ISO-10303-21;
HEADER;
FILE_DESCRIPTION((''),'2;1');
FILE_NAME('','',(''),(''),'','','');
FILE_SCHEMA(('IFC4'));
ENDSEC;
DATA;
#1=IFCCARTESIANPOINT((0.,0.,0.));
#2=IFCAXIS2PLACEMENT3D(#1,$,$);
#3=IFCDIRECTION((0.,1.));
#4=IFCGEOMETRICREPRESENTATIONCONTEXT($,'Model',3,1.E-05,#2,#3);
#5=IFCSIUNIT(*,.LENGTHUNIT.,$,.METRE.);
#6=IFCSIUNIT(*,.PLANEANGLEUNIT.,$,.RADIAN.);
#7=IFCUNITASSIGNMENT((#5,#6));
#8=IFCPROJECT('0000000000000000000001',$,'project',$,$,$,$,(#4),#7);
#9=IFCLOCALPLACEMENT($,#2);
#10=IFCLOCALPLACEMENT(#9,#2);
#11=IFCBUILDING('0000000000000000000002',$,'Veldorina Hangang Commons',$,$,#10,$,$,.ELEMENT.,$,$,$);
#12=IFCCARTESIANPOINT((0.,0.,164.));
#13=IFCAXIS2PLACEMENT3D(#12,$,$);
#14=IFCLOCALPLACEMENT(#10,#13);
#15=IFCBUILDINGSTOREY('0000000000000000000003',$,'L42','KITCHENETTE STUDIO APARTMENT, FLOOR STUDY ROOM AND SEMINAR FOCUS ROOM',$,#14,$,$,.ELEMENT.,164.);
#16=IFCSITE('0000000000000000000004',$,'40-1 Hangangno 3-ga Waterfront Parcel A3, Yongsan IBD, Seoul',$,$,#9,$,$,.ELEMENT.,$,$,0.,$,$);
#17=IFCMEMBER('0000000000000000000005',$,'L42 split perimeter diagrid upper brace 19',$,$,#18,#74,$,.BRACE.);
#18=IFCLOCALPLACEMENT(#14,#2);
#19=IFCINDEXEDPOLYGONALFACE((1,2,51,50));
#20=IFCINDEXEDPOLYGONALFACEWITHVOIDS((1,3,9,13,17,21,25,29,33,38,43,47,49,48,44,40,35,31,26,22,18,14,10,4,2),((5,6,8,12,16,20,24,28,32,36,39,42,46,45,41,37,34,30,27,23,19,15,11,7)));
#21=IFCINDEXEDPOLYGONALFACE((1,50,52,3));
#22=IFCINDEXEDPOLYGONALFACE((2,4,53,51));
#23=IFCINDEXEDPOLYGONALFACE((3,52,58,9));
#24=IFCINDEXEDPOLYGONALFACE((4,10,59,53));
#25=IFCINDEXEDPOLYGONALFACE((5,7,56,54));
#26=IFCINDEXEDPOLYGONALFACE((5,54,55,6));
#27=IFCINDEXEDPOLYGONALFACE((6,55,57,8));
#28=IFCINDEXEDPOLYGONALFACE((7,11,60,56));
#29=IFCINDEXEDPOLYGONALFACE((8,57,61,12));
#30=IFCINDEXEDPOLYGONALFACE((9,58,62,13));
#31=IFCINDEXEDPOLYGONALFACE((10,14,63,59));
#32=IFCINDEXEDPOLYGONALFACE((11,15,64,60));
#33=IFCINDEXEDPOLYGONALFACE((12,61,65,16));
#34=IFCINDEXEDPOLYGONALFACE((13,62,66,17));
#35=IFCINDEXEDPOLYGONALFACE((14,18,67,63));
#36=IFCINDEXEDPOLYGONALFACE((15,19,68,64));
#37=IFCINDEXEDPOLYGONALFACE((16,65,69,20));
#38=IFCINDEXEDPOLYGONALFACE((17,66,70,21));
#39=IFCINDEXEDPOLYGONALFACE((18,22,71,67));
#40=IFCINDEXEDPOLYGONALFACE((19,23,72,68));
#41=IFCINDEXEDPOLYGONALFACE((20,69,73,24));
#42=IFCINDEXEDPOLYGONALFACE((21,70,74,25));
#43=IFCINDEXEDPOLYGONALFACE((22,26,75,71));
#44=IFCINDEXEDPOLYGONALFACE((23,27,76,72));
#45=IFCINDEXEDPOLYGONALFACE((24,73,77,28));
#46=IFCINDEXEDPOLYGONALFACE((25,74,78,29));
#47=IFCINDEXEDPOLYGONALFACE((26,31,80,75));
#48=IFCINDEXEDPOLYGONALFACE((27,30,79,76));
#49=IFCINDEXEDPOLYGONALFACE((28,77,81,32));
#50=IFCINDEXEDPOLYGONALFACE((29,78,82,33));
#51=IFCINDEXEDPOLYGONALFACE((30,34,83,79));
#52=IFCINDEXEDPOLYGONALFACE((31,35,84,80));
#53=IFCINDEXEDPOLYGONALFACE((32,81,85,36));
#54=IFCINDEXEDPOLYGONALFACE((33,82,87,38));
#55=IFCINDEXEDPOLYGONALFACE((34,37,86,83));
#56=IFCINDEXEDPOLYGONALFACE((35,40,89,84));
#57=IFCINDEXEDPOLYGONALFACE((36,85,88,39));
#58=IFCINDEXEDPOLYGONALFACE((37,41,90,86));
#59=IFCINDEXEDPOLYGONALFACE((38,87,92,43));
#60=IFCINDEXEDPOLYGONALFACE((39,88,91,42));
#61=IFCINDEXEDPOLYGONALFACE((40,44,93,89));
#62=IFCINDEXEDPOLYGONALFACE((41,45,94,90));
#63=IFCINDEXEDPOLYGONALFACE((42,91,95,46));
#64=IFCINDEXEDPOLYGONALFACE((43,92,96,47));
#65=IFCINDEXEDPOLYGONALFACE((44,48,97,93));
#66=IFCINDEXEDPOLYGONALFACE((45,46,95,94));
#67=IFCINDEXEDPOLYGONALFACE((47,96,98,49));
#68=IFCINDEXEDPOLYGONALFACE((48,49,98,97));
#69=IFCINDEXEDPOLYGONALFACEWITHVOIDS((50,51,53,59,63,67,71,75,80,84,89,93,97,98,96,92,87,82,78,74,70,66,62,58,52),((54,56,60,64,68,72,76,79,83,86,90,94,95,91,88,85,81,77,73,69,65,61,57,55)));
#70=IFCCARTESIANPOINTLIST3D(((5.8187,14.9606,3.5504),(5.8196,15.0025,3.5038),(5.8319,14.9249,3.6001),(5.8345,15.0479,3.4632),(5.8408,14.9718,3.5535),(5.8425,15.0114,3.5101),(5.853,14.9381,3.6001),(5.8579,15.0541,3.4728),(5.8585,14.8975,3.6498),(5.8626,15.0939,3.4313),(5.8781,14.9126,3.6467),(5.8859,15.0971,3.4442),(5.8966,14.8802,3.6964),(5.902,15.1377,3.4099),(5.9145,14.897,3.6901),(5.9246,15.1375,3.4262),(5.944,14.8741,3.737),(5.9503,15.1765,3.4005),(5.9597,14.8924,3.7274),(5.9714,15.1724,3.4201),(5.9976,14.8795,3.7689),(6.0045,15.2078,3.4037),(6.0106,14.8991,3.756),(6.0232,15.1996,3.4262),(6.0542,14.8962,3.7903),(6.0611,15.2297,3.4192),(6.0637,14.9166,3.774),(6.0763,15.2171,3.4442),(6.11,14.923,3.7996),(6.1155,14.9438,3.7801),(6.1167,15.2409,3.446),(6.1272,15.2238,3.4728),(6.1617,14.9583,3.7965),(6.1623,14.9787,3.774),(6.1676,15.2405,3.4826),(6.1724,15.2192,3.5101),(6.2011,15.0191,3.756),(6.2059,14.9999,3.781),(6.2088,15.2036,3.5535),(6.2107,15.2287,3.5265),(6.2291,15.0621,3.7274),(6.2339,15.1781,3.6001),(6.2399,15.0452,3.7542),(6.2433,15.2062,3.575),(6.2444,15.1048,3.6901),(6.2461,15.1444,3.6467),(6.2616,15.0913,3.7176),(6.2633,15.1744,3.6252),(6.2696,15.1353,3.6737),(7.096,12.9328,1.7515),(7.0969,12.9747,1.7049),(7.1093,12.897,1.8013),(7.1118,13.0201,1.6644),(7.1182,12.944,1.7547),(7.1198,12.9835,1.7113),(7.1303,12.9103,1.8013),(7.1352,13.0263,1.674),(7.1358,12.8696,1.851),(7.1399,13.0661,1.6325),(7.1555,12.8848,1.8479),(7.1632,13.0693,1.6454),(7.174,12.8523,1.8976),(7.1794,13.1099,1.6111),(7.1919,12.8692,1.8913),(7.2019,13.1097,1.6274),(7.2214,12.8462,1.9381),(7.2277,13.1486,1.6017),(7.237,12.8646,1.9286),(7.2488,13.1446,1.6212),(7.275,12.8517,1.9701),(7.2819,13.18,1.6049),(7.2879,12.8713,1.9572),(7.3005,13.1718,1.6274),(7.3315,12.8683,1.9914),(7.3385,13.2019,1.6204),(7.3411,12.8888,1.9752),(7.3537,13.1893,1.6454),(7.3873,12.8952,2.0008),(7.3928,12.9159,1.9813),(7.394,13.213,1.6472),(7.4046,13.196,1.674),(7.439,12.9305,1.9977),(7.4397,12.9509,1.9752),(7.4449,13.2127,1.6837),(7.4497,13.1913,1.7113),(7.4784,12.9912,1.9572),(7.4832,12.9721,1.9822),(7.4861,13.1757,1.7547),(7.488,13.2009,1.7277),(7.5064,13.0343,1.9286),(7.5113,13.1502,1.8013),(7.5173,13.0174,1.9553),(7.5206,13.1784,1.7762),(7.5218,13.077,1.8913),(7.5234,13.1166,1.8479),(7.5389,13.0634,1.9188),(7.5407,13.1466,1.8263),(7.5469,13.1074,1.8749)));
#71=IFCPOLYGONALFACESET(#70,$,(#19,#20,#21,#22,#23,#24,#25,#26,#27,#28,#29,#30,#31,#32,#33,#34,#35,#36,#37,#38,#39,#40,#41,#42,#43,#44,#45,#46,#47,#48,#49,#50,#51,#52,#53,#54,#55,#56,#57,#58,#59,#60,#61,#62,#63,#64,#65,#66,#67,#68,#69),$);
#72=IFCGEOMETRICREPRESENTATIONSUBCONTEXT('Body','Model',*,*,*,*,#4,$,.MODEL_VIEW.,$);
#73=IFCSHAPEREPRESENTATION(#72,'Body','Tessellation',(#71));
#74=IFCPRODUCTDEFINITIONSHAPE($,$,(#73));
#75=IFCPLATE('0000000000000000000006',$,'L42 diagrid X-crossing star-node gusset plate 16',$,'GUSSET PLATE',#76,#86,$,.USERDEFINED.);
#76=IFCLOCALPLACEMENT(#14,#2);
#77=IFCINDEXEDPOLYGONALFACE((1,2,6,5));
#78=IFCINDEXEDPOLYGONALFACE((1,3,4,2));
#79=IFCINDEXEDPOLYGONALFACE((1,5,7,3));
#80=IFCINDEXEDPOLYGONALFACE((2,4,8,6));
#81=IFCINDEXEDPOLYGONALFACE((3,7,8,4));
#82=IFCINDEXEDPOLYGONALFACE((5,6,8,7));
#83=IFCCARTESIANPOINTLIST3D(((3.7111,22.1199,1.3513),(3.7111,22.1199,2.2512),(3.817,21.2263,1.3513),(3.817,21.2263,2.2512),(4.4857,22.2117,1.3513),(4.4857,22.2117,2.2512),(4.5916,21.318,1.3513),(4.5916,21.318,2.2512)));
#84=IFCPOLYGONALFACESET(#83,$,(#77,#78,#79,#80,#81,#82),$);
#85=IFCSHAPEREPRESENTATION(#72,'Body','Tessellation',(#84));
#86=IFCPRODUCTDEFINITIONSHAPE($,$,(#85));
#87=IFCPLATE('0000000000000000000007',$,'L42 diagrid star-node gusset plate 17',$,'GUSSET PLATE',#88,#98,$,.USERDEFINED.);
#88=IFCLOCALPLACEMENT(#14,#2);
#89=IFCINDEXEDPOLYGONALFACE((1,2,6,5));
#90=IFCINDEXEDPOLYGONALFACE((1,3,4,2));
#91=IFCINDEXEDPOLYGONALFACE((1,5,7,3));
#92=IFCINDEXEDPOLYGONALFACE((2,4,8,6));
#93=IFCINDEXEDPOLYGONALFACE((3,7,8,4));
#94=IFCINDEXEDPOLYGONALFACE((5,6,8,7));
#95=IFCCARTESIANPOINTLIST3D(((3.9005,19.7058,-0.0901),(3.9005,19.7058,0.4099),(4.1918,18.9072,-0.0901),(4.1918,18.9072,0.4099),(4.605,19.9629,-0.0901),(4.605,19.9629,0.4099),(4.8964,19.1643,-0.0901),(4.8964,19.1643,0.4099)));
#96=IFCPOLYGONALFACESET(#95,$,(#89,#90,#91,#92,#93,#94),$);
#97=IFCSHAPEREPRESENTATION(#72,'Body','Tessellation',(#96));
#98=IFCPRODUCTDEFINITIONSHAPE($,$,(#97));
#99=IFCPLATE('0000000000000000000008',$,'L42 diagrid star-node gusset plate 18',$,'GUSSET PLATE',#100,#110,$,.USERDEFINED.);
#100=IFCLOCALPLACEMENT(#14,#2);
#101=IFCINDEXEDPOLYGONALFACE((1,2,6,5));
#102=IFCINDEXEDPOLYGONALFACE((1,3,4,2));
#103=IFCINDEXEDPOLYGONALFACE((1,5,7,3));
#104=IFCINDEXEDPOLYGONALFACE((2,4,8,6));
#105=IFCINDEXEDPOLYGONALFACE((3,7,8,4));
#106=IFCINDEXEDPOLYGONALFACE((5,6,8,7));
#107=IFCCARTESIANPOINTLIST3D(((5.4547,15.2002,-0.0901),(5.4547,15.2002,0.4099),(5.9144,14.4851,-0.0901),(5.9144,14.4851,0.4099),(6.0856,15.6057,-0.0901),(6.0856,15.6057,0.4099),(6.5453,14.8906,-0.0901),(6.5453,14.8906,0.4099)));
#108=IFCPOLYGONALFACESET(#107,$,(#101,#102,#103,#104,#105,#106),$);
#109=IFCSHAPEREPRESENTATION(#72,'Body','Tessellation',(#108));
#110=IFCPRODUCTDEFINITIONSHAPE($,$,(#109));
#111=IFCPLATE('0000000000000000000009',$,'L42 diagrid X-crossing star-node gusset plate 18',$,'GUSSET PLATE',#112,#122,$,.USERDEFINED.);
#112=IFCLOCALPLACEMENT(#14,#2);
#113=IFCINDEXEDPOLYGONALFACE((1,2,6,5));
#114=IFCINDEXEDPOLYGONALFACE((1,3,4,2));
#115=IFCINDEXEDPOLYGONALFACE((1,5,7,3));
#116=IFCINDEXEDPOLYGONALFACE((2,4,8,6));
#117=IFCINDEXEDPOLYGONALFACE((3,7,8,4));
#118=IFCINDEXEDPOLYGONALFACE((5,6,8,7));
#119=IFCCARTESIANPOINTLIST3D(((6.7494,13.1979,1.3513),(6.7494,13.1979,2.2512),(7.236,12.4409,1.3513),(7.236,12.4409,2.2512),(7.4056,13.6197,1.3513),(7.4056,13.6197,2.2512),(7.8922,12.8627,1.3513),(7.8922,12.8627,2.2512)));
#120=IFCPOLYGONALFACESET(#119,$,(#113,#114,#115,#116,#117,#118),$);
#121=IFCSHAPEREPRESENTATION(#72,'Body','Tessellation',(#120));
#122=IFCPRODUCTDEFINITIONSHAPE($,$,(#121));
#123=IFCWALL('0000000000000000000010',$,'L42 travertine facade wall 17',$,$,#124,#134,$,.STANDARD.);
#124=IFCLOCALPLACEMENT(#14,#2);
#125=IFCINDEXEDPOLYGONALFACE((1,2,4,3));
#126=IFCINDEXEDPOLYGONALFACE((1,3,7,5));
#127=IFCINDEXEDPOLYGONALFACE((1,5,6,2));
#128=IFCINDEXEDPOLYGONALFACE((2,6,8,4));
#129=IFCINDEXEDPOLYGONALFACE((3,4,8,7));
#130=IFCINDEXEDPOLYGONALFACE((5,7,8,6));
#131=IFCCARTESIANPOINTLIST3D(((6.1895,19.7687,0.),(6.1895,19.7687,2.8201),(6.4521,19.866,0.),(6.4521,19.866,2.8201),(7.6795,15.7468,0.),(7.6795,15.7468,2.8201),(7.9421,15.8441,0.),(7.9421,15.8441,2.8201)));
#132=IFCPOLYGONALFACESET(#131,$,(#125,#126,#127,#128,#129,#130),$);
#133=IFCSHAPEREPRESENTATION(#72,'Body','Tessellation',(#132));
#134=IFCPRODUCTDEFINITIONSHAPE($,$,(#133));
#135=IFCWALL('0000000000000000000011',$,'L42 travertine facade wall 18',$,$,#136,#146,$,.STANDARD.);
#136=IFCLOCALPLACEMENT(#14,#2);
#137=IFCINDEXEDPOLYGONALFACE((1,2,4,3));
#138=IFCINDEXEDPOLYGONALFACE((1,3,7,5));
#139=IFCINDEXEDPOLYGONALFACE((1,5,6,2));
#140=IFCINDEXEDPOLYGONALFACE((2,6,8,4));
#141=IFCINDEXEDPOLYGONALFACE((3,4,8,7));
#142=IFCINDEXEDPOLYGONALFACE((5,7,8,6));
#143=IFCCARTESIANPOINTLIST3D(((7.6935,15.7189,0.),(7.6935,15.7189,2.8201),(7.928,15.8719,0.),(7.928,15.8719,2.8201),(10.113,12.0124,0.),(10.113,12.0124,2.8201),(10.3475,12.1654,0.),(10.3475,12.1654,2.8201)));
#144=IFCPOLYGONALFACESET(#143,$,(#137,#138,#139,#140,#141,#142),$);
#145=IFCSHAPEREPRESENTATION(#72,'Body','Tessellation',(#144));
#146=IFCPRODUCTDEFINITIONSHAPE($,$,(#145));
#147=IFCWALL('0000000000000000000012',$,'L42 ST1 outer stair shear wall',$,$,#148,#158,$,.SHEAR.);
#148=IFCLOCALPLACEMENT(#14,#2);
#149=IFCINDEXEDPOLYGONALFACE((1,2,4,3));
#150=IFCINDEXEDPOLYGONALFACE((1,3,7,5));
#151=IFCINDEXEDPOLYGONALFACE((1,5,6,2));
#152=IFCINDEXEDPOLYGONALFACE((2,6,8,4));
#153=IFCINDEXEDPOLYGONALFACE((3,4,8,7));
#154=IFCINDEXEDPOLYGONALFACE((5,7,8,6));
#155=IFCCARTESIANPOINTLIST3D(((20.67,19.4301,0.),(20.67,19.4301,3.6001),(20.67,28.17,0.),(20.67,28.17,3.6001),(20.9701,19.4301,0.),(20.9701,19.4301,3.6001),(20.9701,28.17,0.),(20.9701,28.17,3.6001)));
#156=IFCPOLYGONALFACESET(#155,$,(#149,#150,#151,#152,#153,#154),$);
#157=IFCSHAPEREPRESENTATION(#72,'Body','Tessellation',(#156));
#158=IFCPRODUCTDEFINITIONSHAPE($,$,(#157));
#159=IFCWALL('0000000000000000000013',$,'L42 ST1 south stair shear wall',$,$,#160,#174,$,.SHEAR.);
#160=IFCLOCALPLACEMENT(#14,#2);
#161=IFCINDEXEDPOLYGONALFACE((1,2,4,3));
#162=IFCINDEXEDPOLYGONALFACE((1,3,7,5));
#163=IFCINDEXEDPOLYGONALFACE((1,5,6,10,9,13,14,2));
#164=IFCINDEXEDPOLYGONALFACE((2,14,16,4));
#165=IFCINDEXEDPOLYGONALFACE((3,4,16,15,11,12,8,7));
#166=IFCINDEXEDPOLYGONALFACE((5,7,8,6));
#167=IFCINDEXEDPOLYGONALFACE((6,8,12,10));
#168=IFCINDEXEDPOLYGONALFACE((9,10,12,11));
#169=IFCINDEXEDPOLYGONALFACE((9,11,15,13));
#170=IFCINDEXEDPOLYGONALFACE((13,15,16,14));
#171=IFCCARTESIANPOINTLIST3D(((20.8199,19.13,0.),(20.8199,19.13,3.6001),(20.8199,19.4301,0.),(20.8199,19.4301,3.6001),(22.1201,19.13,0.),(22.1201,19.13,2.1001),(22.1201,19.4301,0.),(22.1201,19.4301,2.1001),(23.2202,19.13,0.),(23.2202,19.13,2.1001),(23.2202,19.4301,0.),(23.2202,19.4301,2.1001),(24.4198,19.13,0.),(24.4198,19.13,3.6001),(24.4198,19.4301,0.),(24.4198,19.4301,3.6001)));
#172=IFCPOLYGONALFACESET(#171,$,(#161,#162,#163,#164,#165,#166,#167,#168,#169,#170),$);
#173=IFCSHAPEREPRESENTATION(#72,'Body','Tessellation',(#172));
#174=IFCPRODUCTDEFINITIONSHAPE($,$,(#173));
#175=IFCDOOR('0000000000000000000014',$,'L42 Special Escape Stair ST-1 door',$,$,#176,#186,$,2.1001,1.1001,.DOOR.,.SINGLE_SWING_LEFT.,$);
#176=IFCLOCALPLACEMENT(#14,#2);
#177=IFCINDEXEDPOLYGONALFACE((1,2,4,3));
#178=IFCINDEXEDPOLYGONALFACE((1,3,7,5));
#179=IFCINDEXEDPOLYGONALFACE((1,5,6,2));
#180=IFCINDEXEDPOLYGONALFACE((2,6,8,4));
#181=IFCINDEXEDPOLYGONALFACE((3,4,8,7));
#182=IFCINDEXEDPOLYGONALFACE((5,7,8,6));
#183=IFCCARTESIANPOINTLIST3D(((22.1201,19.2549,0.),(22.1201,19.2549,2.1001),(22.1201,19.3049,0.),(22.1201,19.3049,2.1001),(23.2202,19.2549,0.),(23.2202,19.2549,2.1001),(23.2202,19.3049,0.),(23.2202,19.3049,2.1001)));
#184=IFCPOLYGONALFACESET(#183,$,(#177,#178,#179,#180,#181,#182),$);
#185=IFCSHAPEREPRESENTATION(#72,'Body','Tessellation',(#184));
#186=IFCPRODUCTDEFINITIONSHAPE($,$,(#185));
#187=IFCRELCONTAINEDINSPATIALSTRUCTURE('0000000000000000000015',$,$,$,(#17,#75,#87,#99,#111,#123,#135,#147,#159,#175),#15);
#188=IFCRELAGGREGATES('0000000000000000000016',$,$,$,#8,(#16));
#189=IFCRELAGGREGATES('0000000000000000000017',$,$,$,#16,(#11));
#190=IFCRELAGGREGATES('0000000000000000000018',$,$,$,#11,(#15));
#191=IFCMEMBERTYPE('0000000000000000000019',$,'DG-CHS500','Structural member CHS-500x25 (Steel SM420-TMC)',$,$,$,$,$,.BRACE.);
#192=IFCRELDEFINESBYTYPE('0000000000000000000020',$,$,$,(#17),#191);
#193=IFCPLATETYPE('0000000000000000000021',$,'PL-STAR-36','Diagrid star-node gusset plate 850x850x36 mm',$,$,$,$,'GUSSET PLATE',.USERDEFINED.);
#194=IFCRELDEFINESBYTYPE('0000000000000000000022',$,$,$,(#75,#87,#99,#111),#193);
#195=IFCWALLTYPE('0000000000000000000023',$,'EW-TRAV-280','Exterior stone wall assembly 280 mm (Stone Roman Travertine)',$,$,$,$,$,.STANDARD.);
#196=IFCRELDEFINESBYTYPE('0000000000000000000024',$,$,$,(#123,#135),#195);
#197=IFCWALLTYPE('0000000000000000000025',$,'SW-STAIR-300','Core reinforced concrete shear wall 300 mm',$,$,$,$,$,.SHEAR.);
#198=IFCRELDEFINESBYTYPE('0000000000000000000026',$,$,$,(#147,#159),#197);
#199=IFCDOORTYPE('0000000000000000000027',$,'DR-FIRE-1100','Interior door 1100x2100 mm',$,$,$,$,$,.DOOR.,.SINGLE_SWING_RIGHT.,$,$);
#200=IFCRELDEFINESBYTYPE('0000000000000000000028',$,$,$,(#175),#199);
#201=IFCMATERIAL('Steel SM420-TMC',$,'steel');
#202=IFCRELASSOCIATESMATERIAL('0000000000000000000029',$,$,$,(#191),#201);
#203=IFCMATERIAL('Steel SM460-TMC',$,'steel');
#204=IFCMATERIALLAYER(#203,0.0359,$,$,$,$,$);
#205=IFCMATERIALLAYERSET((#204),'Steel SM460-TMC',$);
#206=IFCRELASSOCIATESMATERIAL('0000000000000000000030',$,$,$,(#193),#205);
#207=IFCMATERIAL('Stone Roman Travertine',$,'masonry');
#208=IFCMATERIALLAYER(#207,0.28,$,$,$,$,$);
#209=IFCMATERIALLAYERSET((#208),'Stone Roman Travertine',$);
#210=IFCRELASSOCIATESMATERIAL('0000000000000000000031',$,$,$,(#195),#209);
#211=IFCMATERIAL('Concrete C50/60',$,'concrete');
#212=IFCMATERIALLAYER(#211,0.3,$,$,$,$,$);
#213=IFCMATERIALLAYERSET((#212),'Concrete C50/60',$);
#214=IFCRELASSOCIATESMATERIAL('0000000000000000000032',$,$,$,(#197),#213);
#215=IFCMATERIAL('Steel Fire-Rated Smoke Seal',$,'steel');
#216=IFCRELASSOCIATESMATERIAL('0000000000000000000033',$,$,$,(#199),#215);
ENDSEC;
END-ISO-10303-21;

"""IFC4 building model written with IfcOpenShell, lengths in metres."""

from ifc_helpers import new_model, si_unit, direction, frame, frame_2d, origin, origin_2d, place, context, subcontext, project, spatial, rectangle, hollow_circle, extrude, material, layer, layer_set, material_profile, profile_set, type_object, element, fill, save


model = new_model("IFC4")

# Units and contexts
model_context = context("Model", 3, precision=1e-05, world=origin(), true_north=direction((0.0, 1.0)))
body_context = subcontext(model_context, "Body", "Model", "MODEL_VIEW")
ifc_project = project(units=[si_unit("LENGTHUNIT", "METRE"), si_unit("PLANEANGLEUNIT", "RADIAN")], contexts=[model_context])

# Site, building, storey
site_placement = place(None, origin())
site = spatial("IfcSite", under=ifc_project, at=site_placement, Name="40-1 Hangangno 3-ga Waterfront Parcel A3, Yongsan IBD, Seoul", CompositionType="ELEMENT", RefElevation=0.0)
building_placement = place(site_placement, origin())
building = spatial("IfcBuilding", under=site, at=building_placement, Name="Veldorina Hangang Commons", CompositionType="ELEMENT")
storey_placement = place(building_placement, frame((0.0, 0.0, 164.0)))
storey = spatial("IfcBuildingStorey", under=building, at=storey_placement, Name="L42", Description="KITCHENETTE STUDIO APARTMENT, FLOOR STUDY ROOM AND SEMINAR FOCUS ROOM", CompositionType="ELEMENT", Elevation=164.0)

# Shared definitions
ifc_material_1 = material(Name="Steel SM420-TMC", Category="steel")

# Member
ifc_material_profile_1 = material_profile(ifc_material_1, hollow_circle(Radius=0.25, WallThickness=0.0249, at=origin_2d()), Name="CHS-500x25")
ifc_profile_set_1 = profile_set([ifc_material_profile_1], Name="Steel SM420-TMC")
member_type = type_object("IfcMemberType", Name="DG-CHS500", Description="Structural member CHS-500x25 (Steel SM420-TMC)", PredefinedType="BRACE", material=ifc_profile_set_1)
member_1_placement = place(storey_placement, frame((7.3208, 13.0303, 1.8013), z_axis=(-0.426267, 0.676715, 0.600294), x_axis=(-0.846127, -0.532981, 0.0)))
element("IfcMember", 1, at=member_1_placement, inside=storey, type_object=member_type, Name="L42 split perimeter diagrid upper brace 19", PredefinedType="BRACE", context=body_context, shape_type="SweptSolid", body=[
    extrude(hollow_circle(Radius=0.25, WallThickness=0.0249, at=origin_2d()), origin(), (0.0, 0.0, 1.0), 2.9966),
])

# Plates
ifc_material_2 = material(Name="Steel SM460-TMC", Category="steel")
ifc_layer_1 = layer(ifc_material_2, 0.0359)
ifc_layer_set_1 = layer_set([ifc_layer_1], Name="Steel SM460-TMC")
plate_type = type_object("IfcPlateType", Name="PL-STAR-36", Description="Diagrid star-node gusset plate 850x850x36 mm", ElementType="GUSSET PLATE", PredefinedType="USERDEFINED", material=ifc_layer_set_1)
plate_1_placement = place(storey_placement, frame((4.1514, 21.719, 1.3513), z_axis=(0.0, 0.0, 1.0), x_axis=(0.117624, -0.993058, 0.0)))
element("IfcPlate", 2, at=plate_1_placement, inside=storey, type_object=plate_type, Name="L42 diagrid X-crossing star-node gusset plate 16", ObjectType="GUSSET PLATE", PredefinedType="USERDEFINED", context=body_context, shape_type="SweptSolid", body=[
    extrude(rectangle(XDim=0.8999, YDim=0.78, at=origin_2d()), origin(), (0.0, 0.0, 1.0), 0.8999),
])
for number, where, z_axis, x_axis, name in (
    (3, (4.3984, 19.4351, -0.0901), (0.0, 0.0, 1.0), (0.342742, -0.93943, 0.0), "L42 diagrid star-node gusset plate 17"),
    (4, (6.0, 15.0454, -0.0901), (0.0, 0.0, 1.0), (0.54074, -0.84119, 0.0), "L42 diagrid star-node gusset plate 18"),
):
    element("IfcPlate", number, at=place(storey_placement, frame(where, z_axis=z_axis, x_axis=x_axis)), inside=storey, type_object=plate_type, Name=name, ObjectType="GUSSET PLATE", PredefinedType="USERDEFINED", context=body_context, shape_type="SweptSolid", body=[
        extrude(rectangle(XDim=0.8501, YDim=0.75, at=origin_2d()), origin(), (0.0, 0.0, 1.0), 0.5),
    ])
plate_2_placement = place(storey_placement, frame((7.3208, 13.0303, 1.3513), z_axis=(0.0, 0.0, 1.0), x_axis=(0.54074, -0.84119, 0.0)))
element("IfcPlate", 5, at=plate_2_placement, inside=storey, type_object=plate_type, Name="L42 diagrid X-crossing star-node gusset plate 18", ObjectType="GUSSET PLATE", PredefinedType="USERDEFINED", context=body_context, shape_type="SweptSolid", body=[
    extrude(rectangle(XDim=0.8999, YDim=0.78, at=origin_2d()), origin(), (0.0, 0.0, 1.0), 0.8999),
])

# Walls
ifc_material_3 = material(Name="Stone Roman Travertine", Category="masonry")
ifc_layer_2 = layer(ifc_material_3, 0.28)
ifc_layer_set_2 = layer_set([ifc_layer_2], Name="Stone Roman Travertine")
wall_type_1 = type_object("IfcWallType", Name="EW-TRAV-280", Description="Exterior stone wall assembly 280 mm (Stone Roman Travertine)", PredefinedType="STANDARD", material=ifc_layer_set_2)
wall_1_placement = place(storey_placement, frame((6.3208, 19.8174, 0.0), z_axis=(0.0, 0.0, 1.0), x_axis=(0.34739, -0.937721, 0.0)))
element("IfcWall", 6, at=wall_1_placement, inside=storey, type_object=wall_type_1, Name="L42 travertine facade wall 17", PredefinedType="STANDARD", context=body_context, shape_type="SweptSolid", body=[
    extrude(rectangle(XDim=4.2891, YDim=0.28, at=frame_2d((2.1445, 0.0))), origin(), (0.0, 0.0, 1.0), 2.8201),
])
wall_2_placement = place(storey_placement, frame((7.8108, 15.7954, 0.0), z_axis=(0.0, 0.0, 1.0), x_axis=(0.546604, -0.837391, 0.0)))
element("IfcWall", 7, at=wall_2_placement, inside=storey, type_object=wall_type_1, Name="L42 travertine facade wall 18", PredefinedType="STANDARD", context=body_context, shape_type="SweptSolid", body=[
    extrude(rectangle(XDim=4.4263, YDim=0.28, at=frame_2d((2.2131, 0.0))), origin(), (0.0, 0.0, 1.0), 2.8201),
])
ifc_material_4 = material(Name="Concrete C50/60", Category="concrete")
ifc_layer_3 = layer(ifc_material_4, 0.3)
ifc_layer_set_3 = layer_set([ifc_layer_3], Name="Concrete C50/60")
wall_type_2 = type_object("IfcWallType", Name="SW-STAIR-300", Description="Core reinforced concrete shear wall 300 mm", PredefinedType="SHEAR", material=ifc_layer_set_3)
wall_3_placement = place(storey_placement, frame((20.8201, 19.4299, 0.0), z_axis=(0.0, 0.0, 1.0), x_axis=(0.0, 1.0, 0.0)))
element("IfcWall", 8, at=wall_3_placement, inside=storey, type_object=wall_type_2, Name="L42 ST1 outer stair shear wall", PredefinedType="SHEAR", context=body_context, shape_type="SweptSolid", body=[
    extrude(rectangle(XDim=8.74, YDim=0.3, at=frame_2d((4.3701, 0.0))), origin(), (0.0, 0.0, 1.0), 3.6001),
])

# Wall, opening, door
wall_4_placement = place(storey_placement, frame((20.8201, 19.28, 0.0), z_axis=(0.0, 0.0, 1.0), x_axis=(1.0, 0.0, 0.0)))
wall_4 = element("IfcWall", 9, at=wall_4_placement, inside=storey, type_object=wall_type_2, Name="L42 ST1 south stair shear wall", PredefinedType="SHEAR", context=body_context, shape_type="SweptSolid", body=[
    extrude(rectangle(XDim=3.5999, YDim=0.3, at=frame_2d((1.7998, 0.0))), origin(), (0.0, 0.0, 1.0), 3.6001),
])
opening_1_placement = place(wall_4_placement, frame((1.3, 0.0, 0.0)))
opening_1 = element("IfcOpeningElement", 10, at=opening_1_placement, cuts=wall_4, PredefinedType="OPENING", context=body_context, shape_type="SweptSolid", body=[
    extrude(rectangle(XDim=1.1001, YDim=2.1001, at=frame_2d((0.55, 1.05))), frame((0.0, 0.1602, 0.0), z_axis=(0.0, -1.0, 0.0), x_axis=(1.0, 0.0, 0.0)), (0.0, 0.0, 1.0), 0.3201),
])
ifc_material_5 = material(Name="Steel Fire-Rated Smoke Seal", Category="steel")
door_type_1 = type_object("IfcDoorType", Name="DR-FIRE-1100", Description="Interior door 1100x2100 mm", OperationType="SINGLE_SWING_RIGHT", PredefinedType="DOOR", material=ifc_material_5)
door_1_placement = place(opening_1_placement, origin())
door_1 = element("IfcDoor", 11, at=door_1_placement, inside=storey, type_object=door_type_1, Name="L42 Special Escape Stair ST-1 door", OperationType="SINGLE_SWING_LEFT", OverallHeight=2.1001, OverallWidth=1.1001, PredefinedType="DOOR", context=body_context, shape_type="SweptSolid", body=[
    extrude(rectangle(XDim=1.1001, YDim=2.1001, at=frame_2d((0.55, 1.05))), frame((0.0, 0.0249, 0.0), z_axis=(0.0, -1.0, 0.0), x_axis=(1.0, 0.0, 0.0)), (0.0, 0.0, 1.0), 0.05),
])
fill(opening_1, door_1)

save(model, "model.ifc")
